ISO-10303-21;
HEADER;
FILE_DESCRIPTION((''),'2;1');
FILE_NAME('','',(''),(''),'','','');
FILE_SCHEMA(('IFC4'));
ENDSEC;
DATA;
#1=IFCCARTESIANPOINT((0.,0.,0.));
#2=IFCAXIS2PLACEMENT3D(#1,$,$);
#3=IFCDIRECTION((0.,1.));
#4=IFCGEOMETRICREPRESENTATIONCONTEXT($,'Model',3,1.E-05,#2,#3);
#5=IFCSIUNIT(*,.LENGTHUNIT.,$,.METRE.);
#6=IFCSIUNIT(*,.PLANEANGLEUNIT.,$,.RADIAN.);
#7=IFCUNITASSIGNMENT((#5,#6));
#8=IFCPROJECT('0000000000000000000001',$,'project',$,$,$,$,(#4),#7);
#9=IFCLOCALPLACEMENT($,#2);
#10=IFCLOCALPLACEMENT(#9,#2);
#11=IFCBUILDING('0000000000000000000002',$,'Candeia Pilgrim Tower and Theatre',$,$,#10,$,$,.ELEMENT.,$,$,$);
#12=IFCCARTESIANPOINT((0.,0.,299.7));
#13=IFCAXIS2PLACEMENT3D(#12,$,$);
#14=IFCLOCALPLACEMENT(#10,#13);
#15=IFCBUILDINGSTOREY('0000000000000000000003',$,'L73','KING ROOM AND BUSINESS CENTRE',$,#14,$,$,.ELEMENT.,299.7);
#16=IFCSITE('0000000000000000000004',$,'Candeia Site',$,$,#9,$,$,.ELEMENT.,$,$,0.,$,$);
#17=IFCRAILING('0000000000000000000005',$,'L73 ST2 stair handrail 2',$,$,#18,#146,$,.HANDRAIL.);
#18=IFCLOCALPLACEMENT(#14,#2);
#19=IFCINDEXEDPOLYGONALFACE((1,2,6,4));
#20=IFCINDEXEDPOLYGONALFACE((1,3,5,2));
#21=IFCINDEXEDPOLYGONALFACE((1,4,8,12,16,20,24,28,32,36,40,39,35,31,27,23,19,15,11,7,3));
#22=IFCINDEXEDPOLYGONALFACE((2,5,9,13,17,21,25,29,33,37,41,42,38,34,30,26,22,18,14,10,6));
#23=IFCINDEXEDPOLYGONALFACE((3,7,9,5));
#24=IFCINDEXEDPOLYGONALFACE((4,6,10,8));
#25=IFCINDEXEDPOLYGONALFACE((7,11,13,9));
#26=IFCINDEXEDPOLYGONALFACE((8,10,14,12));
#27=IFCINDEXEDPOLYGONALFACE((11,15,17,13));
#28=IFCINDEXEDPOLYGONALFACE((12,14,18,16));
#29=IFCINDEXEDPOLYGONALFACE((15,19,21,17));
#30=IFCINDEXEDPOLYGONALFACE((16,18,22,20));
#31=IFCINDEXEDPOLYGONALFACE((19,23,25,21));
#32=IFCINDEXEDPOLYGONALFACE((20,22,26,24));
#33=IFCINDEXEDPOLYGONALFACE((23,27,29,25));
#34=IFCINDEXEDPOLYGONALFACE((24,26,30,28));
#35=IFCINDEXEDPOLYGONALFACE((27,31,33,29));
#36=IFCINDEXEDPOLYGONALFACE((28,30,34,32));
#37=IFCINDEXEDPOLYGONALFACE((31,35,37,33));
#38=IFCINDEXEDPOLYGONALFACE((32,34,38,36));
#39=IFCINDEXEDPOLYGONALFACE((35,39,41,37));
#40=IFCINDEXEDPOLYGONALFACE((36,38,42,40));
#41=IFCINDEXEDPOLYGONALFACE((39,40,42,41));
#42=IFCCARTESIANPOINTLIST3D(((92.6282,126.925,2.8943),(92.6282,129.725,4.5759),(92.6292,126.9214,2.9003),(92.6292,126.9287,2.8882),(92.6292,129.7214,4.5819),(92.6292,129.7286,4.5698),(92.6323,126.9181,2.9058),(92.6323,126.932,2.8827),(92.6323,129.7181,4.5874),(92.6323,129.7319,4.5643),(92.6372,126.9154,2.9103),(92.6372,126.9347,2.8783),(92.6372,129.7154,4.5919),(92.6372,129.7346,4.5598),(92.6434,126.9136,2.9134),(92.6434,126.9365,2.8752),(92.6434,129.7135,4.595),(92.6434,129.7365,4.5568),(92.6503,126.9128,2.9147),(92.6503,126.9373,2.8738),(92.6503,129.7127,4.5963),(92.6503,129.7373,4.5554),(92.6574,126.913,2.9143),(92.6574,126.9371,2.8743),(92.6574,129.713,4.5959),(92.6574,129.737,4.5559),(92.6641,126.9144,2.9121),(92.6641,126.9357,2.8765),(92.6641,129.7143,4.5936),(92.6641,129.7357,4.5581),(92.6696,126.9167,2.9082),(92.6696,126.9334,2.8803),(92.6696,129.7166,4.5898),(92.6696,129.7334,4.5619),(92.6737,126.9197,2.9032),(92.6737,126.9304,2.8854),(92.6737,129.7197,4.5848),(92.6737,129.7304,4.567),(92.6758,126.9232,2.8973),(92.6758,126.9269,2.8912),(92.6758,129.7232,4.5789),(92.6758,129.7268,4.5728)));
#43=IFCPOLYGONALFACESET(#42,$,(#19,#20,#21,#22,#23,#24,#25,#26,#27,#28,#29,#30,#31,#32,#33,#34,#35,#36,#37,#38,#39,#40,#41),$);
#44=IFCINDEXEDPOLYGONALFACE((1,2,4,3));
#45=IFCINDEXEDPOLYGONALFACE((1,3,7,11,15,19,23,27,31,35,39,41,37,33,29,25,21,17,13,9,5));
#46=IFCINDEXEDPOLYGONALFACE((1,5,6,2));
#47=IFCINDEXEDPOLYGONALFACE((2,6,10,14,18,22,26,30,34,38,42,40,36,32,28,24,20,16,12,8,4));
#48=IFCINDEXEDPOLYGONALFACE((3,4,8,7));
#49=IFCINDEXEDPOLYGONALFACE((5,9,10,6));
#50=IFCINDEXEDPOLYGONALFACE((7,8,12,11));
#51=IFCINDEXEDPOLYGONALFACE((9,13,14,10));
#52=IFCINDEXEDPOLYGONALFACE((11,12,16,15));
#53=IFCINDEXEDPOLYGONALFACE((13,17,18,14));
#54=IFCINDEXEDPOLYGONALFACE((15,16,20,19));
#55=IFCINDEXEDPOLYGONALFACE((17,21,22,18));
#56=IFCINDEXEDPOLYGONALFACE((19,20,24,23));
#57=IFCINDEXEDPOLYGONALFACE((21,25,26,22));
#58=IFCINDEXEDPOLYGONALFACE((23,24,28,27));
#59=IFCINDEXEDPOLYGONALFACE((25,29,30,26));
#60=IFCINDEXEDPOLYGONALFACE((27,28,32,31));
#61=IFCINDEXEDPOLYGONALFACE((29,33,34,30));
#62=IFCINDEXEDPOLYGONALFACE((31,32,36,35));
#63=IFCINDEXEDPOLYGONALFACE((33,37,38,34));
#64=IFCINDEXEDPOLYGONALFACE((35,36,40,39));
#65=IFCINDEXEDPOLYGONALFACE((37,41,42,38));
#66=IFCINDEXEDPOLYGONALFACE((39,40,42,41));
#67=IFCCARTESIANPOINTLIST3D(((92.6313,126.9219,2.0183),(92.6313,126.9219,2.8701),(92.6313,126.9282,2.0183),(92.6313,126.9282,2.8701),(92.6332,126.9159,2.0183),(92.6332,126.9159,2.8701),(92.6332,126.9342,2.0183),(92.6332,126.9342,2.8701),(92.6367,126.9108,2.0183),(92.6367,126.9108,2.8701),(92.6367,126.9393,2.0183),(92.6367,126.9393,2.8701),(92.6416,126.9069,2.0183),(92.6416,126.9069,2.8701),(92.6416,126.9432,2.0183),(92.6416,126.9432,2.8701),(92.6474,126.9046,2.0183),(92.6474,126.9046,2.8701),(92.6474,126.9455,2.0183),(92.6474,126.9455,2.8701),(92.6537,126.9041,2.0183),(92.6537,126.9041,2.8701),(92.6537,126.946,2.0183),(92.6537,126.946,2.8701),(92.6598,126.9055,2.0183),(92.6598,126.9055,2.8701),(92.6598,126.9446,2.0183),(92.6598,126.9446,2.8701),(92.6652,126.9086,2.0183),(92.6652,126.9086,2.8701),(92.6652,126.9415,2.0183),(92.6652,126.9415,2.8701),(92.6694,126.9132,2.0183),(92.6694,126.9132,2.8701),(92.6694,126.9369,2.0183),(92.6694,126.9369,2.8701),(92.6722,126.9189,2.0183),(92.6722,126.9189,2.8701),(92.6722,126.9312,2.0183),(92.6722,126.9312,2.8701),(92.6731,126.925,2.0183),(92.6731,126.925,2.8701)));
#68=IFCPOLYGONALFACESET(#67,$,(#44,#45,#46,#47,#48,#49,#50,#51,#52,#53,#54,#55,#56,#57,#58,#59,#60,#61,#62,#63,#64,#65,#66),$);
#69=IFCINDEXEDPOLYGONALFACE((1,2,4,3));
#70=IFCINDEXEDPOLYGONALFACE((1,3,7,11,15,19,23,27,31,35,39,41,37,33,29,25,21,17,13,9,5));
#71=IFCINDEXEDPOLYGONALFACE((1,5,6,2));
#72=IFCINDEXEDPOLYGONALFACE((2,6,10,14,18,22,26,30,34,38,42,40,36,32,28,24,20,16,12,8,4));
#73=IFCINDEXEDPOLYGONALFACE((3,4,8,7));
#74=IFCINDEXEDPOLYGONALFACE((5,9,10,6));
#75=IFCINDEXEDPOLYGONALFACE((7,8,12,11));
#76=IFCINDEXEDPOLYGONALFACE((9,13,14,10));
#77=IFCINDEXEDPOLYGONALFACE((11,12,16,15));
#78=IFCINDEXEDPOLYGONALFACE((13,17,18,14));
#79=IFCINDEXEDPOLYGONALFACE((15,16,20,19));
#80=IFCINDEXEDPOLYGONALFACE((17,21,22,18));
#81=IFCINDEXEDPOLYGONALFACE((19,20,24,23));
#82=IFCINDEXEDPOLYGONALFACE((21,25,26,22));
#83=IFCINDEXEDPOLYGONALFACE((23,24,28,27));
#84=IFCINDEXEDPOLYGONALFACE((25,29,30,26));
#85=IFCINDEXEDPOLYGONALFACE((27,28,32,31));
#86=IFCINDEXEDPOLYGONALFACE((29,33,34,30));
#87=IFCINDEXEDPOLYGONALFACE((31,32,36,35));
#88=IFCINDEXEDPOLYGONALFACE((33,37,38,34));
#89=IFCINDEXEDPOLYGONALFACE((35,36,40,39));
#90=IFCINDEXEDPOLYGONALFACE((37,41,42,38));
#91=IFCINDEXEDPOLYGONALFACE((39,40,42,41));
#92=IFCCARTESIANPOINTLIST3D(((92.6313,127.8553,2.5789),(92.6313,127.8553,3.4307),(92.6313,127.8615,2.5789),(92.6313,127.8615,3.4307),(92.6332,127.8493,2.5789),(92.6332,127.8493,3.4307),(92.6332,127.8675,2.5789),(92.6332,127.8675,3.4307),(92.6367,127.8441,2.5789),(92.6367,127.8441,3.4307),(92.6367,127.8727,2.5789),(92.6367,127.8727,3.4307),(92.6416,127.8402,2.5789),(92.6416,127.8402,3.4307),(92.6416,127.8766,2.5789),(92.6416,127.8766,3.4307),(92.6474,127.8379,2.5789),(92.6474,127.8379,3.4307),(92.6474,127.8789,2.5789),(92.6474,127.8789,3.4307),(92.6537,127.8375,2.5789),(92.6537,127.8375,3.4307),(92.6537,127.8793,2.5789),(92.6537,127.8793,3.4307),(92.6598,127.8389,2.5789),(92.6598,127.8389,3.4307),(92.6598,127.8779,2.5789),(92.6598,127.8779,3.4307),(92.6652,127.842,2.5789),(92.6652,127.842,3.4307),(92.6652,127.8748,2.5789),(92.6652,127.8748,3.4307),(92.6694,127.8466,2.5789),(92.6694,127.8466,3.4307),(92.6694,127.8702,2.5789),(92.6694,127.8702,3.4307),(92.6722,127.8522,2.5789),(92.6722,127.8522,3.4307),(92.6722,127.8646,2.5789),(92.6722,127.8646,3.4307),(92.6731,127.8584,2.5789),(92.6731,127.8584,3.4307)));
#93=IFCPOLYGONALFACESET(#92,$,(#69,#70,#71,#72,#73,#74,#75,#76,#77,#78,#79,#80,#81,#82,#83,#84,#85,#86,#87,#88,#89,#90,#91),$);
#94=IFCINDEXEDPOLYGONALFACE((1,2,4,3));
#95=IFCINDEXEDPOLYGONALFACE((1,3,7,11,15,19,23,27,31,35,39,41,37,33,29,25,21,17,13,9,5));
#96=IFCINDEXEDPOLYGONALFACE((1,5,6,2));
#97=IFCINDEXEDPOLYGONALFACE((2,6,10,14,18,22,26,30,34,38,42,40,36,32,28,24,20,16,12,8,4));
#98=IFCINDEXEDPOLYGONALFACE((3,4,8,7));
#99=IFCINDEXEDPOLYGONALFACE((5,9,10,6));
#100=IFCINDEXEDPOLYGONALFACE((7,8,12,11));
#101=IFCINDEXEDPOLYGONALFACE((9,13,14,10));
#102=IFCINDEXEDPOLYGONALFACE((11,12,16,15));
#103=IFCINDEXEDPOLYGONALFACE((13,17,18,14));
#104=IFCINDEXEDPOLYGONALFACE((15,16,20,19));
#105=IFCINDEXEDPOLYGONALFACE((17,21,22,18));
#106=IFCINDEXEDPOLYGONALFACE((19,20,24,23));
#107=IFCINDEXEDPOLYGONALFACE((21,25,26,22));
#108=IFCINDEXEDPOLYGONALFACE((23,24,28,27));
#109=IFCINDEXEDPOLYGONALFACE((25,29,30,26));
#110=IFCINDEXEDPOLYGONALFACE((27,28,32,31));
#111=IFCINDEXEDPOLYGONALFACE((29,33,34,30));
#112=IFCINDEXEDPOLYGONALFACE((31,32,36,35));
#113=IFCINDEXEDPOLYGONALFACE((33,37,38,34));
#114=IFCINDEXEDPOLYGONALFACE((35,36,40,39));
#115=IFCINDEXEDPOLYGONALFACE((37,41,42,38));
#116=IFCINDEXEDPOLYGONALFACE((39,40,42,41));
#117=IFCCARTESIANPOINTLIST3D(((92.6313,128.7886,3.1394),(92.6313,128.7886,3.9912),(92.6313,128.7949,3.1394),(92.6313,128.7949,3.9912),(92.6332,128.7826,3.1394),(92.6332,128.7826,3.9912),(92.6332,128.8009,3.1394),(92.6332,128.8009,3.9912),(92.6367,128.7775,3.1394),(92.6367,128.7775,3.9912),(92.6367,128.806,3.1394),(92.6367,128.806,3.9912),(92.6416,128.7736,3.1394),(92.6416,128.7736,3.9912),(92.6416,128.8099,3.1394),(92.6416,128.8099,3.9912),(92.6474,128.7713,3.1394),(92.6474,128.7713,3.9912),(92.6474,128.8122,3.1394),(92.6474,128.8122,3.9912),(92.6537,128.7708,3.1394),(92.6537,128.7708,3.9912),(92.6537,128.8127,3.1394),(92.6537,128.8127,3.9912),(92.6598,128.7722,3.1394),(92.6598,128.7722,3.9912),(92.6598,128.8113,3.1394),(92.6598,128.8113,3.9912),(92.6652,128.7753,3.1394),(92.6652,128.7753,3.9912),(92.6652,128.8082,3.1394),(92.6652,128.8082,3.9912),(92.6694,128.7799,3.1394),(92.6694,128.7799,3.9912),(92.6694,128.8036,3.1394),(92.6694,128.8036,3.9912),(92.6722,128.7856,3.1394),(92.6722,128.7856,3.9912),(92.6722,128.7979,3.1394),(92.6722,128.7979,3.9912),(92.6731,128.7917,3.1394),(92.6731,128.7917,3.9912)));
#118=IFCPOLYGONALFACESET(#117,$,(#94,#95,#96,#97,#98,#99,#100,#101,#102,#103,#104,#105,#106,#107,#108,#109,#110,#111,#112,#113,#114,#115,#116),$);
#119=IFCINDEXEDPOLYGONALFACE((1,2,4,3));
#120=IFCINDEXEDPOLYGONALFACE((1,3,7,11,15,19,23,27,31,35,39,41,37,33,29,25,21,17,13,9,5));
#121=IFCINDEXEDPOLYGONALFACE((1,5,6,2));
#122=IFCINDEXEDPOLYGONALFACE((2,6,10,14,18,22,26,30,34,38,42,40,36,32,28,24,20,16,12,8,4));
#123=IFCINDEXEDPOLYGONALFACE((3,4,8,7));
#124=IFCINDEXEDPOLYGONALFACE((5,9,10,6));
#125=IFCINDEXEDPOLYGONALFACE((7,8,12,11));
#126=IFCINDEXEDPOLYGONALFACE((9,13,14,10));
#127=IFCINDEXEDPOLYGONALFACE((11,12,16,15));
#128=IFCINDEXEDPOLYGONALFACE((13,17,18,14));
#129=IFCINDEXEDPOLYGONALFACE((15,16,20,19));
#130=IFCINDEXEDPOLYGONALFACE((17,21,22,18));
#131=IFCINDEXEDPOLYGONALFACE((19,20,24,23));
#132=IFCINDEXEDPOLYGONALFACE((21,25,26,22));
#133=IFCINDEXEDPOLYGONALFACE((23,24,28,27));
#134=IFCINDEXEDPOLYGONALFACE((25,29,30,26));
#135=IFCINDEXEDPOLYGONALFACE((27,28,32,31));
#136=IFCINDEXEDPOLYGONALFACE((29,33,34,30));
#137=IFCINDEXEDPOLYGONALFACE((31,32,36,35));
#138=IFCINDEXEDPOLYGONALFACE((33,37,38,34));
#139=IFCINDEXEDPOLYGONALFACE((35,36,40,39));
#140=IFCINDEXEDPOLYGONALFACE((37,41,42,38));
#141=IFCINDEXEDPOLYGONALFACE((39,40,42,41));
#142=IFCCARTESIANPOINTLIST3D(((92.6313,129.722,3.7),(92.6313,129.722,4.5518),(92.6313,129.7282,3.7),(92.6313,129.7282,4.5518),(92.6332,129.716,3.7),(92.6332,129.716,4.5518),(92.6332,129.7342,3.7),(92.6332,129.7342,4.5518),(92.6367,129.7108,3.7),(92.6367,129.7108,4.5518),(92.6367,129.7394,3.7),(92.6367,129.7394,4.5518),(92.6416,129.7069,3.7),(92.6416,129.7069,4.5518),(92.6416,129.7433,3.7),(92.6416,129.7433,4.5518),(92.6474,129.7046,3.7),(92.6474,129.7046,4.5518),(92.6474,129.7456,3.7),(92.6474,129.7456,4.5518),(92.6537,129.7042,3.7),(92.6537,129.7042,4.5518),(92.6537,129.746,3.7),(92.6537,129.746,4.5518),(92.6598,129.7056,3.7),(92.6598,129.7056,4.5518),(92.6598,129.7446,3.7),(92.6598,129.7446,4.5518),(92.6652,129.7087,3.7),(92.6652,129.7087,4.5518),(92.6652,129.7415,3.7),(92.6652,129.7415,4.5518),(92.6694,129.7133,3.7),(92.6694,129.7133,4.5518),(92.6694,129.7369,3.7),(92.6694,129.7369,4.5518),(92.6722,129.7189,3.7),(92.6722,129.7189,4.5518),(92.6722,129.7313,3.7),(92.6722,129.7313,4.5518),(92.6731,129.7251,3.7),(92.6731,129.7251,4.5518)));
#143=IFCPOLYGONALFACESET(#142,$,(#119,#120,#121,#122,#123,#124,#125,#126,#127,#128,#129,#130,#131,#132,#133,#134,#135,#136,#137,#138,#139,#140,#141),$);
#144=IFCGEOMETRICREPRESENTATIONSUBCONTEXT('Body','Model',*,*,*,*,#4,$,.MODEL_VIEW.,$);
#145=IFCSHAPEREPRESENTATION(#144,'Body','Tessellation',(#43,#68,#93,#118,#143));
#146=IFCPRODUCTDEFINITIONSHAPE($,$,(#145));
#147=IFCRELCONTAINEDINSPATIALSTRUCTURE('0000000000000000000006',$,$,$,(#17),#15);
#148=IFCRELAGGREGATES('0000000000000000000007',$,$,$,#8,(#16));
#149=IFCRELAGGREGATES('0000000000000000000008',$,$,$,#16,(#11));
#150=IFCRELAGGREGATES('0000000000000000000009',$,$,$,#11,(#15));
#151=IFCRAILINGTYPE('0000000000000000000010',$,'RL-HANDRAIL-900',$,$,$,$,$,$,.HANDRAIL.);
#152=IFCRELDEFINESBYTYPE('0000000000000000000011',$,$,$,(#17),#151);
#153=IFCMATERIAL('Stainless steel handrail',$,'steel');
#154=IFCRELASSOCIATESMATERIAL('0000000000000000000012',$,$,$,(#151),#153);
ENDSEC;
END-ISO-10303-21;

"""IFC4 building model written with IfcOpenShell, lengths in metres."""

from ifc_helpers import new_model, si_unit, direction, frame, origin, origin_2d, place, context, subcontext, project, spatial, circle, extrude, material, type_object, element, save


model = new_model("IFC4")

# Units and contexts
model_context = context("Model", 3, precision=1e-05, world=origin(), true_north=direction((0.0, 1.0)))
body_context = subcontext(model_context, "Body", "Model", "MODEL_VIEW")
ifc_project = project(units=[si_unit("LENGTHUNIT", "METRE"), si_unit("PLANEANGLEUNIT", "RADIAN")], contexts=[model_context])

# Site, building, storey
site_placement = place(None, origin())
site = spatial("IfcSite", under=ifc_project, at=site_placement, Name="Candeia Site", CompositionType="ELEMENT", RefElevation=0.0)
building_placement = place(site_placement, origin())
building = spatial("IfcBuilding", under=site, at=building_placement, Name="Candeia Pilgrim Tower and Theatre", CompositionType="ELEMENT")
storey_placement = place(building_placement, frame((0.0, 0.0, 299.7)))
storey = spatial("IfcBuildingStorey", under=building, at=storey_placement, Name="L73", Description="KING ROOM AND BUSINESS CENTRE", CompositionType="ELEMENT", Elevation=299.7)

# Railing
ifc_material_1 = material(Name="Stainless steel handrail", Category="steel")
railing_type_1 = type_object("IfcRailingType", Name="RL-HANDRAIL-900", PredefinedType="HANDRAIL", material=ifc_material_1)
for number, where, name in (
    (1, (92.6521, 126.925, 2.0183), "L73 ST2 stair handrail 2"),
):
    element("IfcRailing", number, at=place(storey_placement, frame(where)), inside=storey, type_object=railing_type_1, Name=name, PredefinedType="HANDRAIL", context=body_context, shape_type="SweptSolid", body=[
        extrude(circle(Radius=0.0239, at=origin_2d()), frame((0.0, 0.0, 0.876), z_axis=(0.0, 0.857275, 0.514858), x_axis=(-1.0, 0.0, 0.0)), (0.0, 0.0, 1.0), 3.2661),
        extrude(circle(Radius=0.021, at=origin_2d()), origin(), (0.0, 0.0, 1.0), 0.8518),
        extrude(circle(Radius=0.021, at=origin_2d()), frame((0.0, 0.9333, 0.5605)), (0.0, 0.0, 1.0), 0.8518),
        extrude(circle(Radius=0.021, at=origin_2d()), frame((0.0, 1.8667, 1.1211)), (0.0, 0.0, 1.0), 0.8518),
        extrude(circle(Radius=0.021, at=origin_2d()), frame((0.0, 2.8, 1.6816)), (0.0, 0.0, 1.0), 0.8518),
    ])

save(model, "model.ifc")
